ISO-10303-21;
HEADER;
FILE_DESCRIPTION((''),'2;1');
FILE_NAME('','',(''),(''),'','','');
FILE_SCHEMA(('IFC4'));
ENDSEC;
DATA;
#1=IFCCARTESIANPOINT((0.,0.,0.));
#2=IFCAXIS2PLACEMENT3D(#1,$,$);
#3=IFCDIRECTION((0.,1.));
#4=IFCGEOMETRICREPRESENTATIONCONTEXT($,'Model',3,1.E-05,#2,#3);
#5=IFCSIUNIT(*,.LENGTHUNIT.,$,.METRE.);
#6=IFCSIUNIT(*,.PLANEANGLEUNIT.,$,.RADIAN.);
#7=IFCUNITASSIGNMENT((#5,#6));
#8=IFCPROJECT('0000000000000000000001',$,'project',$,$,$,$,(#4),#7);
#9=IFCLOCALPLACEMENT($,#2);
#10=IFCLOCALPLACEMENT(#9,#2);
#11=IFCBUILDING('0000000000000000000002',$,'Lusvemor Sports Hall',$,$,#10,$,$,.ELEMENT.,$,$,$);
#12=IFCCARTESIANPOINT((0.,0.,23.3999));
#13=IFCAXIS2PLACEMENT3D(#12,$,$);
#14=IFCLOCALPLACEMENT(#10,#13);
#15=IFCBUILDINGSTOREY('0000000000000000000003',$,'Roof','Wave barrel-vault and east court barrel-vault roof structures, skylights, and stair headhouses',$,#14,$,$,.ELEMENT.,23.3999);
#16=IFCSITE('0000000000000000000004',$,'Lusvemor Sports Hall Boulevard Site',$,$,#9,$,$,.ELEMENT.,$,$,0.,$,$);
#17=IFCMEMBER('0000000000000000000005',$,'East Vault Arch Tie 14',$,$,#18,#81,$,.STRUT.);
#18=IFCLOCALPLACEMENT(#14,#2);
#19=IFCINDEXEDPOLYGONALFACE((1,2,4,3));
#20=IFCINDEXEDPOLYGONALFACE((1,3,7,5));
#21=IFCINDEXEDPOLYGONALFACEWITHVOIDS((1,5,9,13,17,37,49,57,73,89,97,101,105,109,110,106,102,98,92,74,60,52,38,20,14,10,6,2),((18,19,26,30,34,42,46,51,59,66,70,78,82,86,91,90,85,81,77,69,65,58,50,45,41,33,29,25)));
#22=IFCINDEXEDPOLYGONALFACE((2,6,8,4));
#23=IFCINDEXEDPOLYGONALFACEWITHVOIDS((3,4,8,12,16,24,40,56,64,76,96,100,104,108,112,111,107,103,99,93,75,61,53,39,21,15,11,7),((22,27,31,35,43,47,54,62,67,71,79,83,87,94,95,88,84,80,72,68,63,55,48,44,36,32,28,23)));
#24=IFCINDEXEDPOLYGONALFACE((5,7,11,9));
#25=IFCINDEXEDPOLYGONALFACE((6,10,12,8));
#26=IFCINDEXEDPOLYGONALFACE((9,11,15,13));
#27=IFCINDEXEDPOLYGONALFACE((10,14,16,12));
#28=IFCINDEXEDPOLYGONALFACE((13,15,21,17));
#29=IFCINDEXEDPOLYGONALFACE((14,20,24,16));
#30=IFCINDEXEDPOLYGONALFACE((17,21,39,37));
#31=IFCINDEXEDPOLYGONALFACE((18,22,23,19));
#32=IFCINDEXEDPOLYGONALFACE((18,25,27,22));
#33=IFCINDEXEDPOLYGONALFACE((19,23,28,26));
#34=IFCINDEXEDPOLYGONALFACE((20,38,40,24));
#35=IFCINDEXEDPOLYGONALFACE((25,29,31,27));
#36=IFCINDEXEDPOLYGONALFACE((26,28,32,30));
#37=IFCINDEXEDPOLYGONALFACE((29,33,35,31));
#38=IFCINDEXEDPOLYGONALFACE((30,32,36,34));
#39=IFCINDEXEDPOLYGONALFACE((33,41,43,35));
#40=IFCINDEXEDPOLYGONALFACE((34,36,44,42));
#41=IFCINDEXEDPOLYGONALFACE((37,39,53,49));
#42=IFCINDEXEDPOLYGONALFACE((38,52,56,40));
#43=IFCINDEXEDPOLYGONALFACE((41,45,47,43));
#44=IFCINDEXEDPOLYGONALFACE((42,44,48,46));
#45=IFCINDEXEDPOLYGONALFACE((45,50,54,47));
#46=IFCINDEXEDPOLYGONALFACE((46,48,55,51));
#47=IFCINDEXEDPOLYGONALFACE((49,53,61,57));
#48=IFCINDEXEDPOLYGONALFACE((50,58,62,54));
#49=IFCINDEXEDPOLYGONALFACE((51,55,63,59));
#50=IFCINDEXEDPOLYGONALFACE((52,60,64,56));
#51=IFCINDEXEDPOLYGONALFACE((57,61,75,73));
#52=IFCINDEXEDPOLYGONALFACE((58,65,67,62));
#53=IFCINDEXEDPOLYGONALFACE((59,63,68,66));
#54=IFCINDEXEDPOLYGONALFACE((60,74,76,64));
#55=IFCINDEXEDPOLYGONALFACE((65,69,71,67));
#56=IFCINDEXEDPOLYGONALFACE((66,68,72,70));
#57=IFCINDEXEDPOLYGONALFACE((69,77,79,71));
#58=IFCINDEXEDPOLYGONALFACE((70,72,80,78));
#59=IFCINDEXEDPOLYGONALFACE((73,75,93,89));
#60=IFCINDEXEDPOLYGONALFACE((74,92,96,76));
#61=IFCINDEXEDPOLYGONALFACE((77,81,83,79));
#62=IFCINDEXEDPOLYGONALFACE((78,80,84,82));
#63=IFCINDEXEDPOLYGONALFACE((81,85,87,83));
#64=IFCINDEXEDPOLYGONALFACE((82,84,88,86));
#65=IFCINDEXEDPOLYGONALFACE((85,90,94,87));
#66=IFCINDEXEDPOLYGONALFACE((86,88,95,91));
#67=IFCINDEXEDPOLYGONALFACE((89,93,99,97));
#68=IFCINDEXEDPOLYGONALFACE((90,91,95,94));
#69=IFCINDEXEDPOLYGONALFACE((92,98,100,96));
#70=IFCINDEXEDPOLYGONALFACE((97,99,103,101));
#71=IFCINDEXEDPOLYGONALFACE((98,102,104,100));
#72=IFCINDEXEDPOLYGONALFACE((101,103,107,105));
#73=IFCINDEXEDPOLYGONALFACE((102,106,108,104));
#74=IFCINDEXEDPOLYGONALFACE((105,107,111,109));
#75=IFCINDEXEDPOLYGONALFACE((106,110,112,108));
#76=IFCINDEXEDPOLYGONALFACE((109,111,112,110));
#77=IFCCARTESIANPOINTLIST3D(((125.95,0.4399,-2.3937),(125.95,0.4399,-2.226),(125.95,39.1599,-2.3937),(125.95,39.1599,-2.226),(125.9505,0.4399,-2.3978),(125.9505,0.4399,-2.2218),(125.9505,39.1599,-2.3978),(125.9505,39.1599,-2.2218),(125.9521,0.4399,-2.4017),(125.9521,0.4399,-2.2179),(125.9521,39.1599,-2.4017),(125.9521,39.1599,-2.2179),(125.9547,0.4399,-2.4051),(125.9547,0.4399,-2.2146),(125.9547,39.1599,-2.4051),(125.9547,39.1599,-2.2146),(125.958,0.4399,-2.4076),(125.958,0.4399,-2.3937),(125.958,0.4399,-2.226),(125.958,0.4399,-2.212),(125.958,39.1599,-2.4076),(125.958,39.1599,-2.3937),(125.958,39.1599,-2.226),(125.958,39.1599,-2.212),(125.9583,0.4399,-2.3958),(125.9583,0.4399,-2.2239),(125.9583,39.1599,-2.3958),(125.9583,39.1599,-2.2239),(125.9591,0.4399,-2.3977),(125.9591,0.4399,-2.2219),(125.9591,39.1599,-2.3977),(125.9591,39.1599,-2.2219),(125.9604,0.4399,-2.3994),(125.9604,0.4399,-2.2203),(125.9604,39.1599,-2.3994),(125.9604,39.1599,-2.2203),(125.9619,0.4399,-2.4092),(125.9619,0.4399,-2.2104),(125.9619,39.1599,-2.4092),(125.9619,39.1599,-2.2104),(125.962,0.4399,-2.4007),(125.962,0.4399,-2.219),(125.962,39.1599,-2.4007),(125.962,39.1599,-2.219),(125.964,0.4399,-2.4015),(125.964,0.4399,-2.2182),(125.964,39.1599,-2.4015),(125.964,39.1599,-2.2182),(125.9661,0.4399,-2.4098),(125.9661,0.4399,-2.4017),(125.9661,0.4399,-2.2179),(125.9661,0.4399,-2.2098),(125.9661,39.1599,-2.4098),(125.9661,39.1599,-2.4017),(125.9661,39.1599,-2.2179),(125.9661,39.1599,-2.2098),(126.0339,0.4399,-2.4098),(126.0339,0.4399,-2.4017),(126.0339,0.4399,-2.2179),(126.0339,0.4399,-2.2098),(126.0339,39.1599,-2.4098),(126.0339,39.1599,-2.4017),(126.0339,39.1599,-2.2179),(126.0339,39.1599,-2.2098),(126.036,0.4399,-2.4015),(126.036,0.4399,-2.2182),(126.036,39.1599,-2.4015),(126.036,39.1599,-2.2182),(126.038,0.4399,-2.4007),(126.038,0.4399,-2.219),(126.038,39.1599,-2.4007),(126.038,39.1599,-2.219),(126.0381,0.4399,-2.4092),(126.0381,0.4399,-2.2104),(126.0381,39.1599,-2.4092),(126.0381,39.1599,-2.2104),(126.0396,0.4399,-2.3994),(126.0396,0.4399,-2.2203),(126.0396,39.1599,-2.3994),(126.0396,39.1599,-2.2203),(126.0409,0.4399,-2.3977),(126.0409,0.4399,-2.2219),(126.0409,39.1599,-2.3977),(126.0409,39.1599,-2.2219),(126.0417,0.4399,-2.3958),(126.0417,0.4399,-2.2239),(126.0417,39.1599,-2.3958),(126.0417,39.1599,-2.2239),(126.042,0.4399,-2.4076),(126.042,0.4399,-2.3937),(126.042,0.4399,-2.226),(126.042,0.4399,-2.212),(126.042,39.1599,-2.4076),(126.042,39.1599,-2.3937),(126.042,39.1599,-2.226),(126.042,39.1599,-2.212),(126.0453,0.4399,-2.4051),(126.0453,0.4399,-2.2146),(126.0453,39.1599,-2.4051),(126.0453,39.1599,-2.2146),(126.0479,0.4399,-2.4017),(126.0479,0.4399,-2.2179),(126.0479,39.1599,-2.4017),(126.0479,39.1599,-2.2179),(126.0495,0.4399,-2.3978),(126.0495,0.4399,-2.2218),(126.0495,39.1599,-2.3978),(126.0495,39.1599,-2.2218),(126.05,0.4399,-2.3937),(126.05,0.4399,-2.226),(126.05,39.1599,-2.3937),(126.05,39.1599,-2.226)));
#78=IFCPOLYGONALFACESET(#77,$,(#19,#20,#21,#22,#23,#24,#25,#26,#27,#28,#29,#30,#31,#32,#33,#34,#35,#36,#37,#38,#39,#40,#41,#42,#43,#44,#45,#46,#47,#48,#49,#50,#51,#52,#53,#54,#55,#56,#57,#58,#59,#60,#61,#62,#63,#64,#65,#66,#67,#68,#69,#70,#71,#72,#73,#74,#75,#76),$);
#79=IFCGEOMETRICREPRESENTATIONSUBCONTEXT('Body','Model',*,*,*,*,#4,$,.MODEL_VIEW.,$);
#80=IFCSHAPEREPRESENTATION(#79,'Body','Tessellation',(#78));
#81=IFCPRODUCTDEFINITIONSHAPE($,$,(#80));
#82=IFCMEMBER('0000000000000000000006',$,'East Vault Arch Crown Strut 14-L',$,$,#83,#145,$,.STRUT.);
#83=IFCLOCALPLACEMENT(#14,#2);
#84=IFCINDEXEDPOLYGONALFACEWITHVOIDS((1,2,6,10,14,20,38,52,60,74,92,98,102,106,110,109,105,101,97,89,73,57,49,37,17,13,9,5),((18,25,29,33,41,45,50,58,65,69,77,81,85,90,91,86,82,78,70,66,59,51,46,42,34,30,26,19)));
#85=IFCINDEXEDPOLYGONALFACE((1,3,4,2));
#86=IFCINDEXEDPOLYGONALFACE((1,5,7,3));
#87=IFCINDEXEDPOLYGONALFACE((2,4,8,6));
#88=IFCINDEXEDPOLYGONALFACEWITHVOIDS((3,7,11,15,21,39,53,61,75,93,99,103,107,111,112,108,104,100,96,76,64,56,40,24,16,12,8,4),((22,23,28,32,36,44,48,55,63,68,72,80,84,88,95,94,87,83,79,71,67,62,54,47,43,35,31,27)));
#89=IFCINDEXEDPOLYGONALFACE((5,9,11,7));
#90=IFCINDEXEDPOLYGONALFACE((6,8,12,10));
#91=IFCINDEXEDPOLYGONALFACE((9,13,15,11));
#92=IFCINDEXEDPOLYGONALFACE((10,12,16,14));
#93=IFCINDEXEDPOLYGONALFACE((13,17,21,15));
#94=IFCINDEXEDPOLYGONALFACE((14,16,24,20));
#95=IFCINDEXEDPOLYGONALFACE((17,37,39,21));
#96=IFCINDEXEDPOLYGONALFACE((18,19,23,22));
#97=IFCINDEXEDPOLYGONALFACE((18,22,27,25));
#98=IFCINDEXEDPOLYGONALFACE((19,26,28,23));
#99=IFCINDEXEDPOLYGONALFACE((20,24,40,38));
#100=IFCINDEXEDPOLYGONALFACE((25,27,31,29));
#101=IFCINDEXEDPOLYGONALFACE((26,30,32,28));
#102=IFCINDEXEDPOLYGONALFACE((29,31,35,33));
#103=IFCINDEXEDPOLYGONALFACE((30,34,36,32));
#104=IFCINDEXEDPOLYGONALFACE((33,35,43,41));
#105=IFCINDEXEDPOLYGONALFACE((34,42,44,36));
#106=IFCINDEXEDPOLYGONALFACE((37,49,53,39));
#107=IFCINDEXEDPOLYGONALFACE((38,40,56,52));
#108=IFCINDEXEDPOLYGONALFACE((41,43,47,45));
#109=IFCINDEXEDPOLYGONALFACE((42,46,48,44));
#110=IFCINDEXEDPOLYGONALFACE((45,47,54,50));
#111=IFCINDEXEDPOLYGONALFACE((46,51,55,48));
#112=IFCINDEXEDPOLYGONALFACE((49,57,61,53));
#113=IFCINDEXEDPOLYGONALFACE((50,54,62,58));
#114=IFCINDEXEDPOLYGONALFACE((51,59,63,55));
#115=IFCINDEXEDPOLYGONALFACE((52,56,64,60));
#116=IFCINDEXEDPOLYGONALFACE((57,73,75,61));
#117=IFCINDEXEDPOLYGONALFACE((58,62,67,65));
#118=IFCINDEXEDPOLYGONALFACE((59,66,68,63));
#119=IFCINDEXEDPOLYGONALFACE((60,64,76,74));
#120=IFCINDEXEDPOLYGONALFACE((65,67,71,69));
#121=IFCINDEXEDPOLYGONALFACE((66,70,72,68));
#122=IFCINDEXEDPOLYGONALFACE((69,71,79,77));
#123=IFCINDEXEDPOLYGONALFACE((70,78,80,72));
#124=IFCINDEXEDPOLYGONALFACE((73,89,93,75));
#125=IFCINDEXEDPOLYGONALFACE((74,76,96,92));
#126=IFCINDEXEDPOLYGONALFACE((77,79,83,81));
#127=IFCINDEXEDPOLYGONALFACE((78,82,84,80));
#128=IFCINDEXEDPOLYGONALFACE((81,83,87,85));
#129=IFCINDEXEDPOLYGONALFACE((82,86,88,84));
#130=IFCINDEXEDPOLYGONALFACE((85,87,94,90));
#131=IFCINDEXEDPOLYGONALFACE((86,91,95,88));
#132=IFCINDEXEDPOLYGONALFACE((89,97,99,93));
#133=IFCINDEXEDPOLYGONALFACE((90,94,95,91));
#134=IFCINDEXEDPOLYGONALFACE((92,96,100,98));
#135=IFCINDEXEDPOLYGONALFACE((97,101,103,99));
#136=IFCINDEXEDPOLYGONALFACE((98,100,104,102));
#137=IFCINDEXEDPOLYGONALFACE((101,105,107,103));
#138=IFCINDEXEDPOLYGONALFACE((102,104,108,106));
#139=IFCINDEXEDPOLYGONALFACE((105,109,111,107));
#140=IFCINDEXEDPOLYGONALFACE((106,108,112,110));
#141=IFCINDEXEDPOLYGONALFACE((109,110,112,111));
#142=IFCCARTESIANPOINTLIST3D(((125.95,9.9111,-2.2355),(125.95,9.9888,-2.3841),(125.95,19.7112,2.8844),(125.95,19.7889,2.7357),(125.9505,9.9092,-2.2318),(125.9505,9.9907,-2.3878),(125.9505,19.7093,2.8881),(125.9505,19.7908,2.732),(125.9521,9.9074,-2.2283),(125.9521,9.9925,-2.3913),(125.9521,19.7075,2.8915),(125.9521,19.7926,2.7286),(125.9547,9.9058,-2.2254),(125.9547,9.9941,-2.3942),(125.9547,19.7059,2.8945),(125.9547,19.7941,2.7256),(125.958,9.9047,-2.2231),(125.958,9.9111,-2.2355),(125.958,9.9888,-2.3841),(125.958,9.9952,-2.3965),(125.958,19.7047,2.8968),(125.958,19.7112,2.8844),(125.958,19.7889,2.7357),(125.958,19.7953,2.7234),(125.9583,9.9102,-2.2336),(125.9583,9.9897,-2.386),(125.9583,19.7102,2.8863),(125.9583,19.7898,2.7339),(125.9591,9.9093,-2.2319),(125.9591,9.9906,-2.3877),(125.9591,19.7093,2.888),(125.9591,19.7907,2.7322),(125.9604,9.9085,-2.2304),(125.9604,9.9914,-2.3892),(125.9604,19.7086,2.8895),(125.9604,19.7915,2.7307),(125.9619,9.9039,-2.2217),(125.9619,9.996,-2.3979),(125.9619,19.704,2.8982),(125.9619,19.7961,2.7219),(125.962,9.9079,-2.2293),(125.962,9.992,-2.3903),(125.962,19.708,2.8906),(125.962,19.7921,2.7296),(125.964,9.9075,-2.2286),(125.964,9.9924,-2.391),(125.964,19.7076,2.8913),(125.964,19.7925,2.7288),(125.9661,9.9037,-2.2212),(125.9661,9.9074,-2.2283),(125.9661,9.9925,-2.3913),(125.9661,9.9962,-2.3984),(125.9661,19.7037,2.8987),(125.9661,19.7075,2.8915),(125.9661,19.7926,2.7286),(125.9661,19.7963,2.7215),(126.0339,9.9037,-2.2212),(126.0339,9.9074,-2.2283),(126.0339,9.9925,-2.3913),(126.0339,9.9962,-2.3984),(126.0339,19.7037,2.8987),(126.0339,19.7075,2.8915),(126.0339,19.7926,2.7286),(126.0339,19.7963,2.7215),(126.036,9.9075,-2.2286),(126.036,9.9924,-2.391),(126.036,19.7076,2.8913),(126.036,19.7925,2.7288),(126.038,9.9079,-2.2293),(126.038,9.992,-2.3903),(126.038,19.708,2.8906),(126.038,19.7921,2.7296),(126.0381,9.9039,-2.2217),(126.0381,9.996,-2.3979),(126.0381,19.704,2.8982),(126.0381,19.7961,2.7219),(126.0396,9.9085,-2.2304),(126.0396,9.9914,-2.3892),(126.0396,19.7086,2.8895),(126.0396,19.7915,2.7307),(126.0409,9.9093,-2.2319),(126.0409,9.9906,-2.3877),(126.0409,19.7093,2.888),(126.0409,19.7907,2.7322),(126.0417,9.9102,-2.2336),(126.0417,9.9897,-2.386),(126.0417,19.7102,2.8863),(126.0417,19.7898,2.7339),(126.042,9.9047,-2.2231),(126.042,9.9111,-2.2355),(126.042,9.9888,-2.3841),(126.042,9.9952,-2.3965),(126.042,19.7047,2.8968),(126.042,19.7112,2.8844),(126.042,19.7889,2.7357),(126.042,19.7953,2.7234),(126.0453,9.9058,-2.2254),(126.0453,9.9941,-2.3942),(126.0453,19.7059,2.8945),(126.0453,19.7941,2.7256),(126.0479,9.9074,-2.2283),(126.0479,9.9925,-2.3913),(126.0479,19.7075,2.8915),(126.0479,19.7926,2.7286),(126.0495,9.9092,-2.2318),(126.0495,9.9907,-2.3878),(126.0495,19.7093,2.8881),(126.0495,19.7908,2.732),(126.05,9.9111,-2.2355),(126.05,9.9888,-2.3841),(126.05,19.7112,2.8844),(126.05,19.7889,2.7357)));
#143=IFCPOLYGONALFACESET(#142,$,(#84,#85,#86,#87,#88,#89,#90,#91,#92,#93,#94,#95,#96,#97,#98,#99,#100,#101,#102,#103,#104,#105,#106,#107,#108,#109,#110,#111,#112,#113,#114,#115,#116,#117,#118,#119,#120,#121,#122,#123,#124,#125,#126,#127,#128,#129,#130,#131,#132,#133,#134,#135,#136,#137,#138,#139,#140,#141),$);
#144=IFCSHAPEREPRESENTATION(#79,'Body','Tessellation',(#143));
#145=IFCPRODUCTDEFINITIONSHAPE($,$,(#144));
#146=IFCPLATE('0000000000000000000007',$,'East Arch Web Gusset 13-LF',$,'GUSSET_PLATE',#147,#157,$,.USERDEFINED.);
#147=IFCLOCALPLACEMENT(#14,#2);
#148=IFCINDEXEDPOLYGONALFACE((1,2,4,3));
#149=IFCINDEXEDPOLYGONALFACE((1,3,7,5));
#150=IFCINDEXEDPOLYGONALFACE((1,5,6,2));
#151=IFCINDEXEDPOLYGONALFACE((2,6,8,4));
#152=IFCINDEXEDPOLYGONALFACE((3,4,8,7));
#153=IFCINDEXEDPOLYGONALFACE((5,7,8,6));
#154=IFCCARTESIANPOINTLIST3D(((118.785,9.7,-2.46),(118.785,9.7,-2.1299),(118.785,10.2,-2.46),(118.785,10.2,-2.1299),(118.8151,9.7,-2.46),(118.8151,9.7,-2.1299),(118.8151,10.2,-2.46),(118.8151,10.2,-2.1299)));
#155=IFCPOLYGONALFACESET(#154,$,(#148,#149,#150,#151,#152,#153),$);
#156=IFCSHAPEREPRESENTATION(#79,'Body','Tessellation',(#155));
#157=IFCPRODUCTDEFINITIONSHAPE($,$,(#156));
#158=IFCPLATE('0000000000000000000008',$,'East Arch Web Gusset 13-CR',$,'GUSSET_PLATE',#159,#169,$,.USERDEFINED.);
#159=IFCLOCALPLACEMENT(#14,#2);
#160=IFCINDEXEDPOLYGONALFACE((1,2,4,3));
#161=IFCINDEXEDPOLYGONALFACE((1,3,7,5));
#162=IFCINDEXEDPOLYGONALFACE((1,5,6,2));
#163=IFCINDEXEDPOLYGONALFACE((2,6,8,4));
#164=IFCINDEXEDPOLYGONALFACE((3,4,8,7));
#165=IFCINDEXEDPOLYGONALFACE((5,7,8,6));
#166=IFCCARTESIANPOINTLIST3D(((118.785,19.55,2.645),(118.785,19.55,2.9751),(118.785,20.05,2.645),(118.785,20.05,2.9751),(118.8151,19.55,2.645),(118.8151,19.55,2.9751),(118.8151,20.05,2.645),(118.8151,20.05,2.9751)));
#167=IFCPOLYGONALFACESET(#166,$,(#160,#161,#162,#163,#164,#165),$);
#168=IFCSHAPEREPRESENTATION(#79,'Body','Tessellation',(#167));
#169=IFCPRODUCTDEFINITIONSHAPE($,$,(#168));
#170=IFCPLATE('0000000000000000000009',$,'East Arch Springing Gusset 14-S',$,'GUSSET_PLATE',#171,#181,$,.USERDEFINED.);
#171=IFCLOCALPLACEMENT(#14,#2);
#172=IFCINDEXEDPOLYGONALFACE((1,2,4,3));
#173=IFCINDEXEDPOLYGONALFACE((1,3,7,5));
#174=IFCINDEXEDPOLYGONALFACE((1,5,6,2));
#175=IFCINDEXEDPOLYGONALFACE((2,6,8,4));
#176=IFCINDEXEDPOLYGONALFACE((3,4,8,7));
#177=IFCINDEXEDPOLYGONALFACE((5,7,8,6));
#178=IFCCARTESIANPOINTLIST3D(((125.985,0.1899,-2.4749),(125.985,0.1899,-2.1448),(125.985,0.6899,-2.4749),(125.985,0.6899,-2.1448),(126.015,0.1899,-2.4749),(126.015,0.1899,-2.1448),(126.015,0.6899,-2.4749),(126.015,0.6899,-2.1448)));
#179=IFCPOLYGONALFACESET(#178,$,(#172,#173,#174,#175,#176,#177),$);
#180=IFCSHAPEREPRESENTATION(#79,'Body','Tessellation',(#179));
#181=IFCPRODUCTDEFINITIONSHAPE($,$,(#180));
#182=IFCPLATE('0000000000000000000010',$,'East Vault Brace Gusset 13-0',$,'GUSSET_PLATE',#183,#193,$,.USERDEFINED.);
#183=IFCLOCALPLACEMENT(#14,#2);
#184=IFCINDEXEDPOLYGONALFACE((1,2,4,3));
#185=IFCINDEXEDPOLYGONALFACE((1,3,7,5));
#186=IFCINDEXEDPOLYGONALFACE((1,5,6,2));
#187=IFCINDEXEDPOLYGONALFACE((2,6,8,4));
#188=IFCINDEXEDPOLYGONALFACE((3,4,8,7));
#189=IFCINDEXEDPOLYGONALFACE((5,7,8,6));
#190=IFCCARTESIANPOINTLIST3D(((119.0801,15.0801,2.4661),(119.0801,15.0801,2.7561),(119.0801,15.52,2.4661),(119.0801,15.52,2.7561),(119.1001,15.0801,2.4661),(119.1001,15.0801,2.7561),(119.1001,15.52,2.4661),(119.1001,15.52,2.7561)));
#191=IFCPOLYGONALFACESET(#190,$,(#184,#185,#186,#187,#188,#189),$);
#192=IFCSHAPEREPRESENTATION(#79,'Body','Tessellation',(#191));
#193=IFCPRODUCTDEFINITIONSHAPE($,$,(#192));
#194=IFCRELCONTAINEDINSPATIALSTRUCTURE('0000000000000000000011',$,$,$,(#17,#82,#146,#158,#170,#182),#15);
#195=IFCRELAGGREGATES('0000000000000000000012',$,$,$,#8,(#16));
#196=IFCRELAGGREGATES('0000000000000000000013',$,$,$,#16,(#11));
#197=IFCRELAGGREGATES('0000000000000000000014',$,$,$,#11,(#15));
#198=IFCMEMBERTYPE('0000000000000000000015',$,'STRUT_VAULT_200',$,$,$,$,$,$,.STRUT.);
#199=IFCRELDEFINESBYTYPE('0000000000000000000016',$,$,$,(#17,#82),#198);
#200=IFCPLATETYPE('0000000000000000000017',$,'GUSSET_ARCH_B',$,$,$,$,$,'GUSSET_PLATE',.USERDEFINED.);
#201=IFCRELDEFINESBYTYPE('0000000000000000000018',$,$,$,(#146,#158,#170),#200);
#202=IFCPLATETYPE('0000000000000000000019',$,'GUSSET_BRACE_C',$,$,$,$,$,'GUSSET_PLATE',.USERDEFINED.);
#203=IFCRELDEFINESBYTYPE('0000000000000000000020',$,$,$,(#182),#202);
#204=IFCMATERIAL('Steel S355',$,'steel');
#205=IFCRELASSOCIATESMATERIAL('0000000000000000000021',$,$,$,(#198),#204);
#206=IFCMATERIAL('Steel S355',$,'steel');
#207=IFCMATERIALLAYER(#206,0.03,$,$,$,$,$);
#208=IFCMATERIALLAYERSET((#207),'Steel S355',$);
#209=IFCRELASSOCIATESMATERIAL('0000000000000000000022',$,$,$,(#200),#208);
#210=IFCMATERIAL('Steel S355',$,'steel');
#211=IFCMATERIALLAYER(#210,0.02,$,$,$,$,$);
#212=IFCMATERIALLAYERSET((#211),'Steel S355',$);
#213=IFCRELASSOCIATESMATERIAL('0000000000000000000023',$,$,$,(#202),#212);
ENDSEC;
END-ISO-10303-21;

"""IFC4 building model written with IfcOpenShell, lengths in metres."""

from ifc_helpers import new_model, si_unit, direction, frame, origin, origin_2d, place, context, subcontext, project, spatial, rectangle, hollow_rectangle, extrude, material, layer, layer_set, material_profile, profile_set, type_object, element, save


model = new_model("IFC4")

# Units and contexts
model_context = context("Model", 3, precision=1e-05, world=origin(), true_north=direction((0.0, 1.0)))
body_context = subcontext(model_context, "Body", "Model", "MODEL_VIEW")
ifc_project = project(units=[si_unit("LENGTHUNIT", "METRE"), si_unit("PLANEANGLEUNIT", "RADIAN")], contexts=[model_context])

# Site, building, storey
site_placement = place(None, origin())
site = spatial("IfcSite", under=ifc_project, at=site_placement, Name="Lusvemor Sports Hall Boulevard Site", CompositionType="ELEMENT", RefElevation=0.0)
building_placement = place(site_placement, origin())
building = spatial("IfcBuilding", under=site, at=building_placement, Name="Lusvemor Sports Hall", CompositionType="ELEMENT")
storey_placement = place(building_placement, frame((0.0, 0.0, 23.3999)))
storey = spatial("IfcBuildingStorey", under=building, at=storey_placement, Name="Roof", Description="Wave barrel-vault and east court barrel-vault roof structures, skylights, and stair headhouses", CompositionType="ELEMENT", Elevation=23.3999)

# Members
ifc_material_1 = material(Name="Steel S355", Category="steel")
ifc_material_profile_1 = material_profile(ifc_material_1, hollow_rectangle(XDim=0.1001, YDim=0.2, WallThickness=0.0081, InnerFilletRadius=0.0081, OuterFilletRadius=0.0161, at=origin_2d()), Name="RHS200x100x8")
ifc_profile_set_1 = profile_set([ifc_material_profile_1], Name="Steel S355")
member_type_1 = type_object("IfcMemberType", Name="STRUT_VAULT_200", PredefinedType="STRUT", material=ifc_profile_set_1)
member_1_placement = place(storey_placement, frame((126.0, 0.4399, -2.3098), z_axis=(0.0, 1.0, 0.0), x_axis=(-1.0, 0.0, 0.0)))
element("IfcMember", 1, at=member_1_placement, inside=storey, type_object=member_type_1, Name="East Vault Arch Tie 14", PredefinedType="STRUT", context=body_context, shape_type="SweptSolid", body=[
    extrude(hollow_rectangle(XDim=0.1001, YDim=0.2, WallThickness=0.0081, InnerFilletRadius=0.0081, OuterFilletRadius=0.0161, at=origin_2d()), origin(), (0.0, 0.0, 1.0), 38.72),
])
member_2_placement = place(storey_placement, frame((126.0, 9.95, -2.3098), z_axis=(0.0, 0.886332, 0.46305), x_axis=(-1.0, 0.0, 0.0)))
element("IfcMember", 2, at=member_2_placement, inside=storey, type_object=member_type_1, Name="East Vault Arch Crown Strut 14-L", PredefinedType="STRUT", context=body_context, shape_type="SweptSolid", body=[
    extrude(hollow_rectangle(XDim=0.1001, YDim=0.2, WallThickness=0.0081, InnerFilletRadius=0.0081, OuterFilletRadius=0.0161, at=origin_2d()), origin(), (0.0, 0.0, 1.0), 11.0569),
])

# Plates
ifc_material_2 = material(Name="Steel S355", Category="steel")
ifc_layer_1 = layer(ifc_material_2, 0.03)
ifc_layer_set_1 = layer_set([ifc_layer_1], Name="Steel S355")
plate_type_1 = type_object("IfcPlateType", Name="GUSSET_ARCH_B", ElementType="GUSSET_PLATE", PredefinedType="USERDEFINED", material=ifc_layer_set_1)
for number, where, z_axis, x_axis, name in (
    (3, (118.8, 9.95, -2.46), (0.0, 0.0, 1.0), (1.0, 0.0, 0.0), "East Arch Web Gusset 13-LF"),
    (4, (118.8, 19.8, 2.645), (0.0, 0.0, 1.0), (1.0, 0.0, 0.0), "East Arch Web Gusset 13-CR"),
    (5, (126.0, 0.4399, -2.4749), (0.0, 0.0, 1.0), (1.0, 0.0, 0.0), "East Arch Springing Gusset 14-S"),
):
    element("IfcPlate", number, at=place(storey_placement, frame(where, z_axis=z_axis, x_axis=x_axis)), inside=storey, type_object=plate_type_1, Name=name, ObjectType="GUSSET_PLATE", PredefinedType="USERDEFINED", context=body_context, shape_type="SweptSolid", body=[
        extrude(rectangle(XDim=0.03, YDim=0.5, at=origin_2d()), origin(), (0.0, 0.0, 1.0), 0.3301),
    ])
ifc_material_3 = material(Name="Steel S355", Category="steel")
ifc_layer_2 = layer(ifc_material_3, 0.02)
ifc_layer_set_2 = layer_set([ifc_layer_2], Name="Steel S355")
plate_type_2 = type_object("IfcPlateType", Name="GUSSET_BRACE_C", ElementType="GUSSET_PLATE", PredefinedType="USERDEFINED", material=ifc_layer_set_2)
plate_placement = place(storey_placement, frame((119.0901, 15.3, 2.4661), z_axis=(0.0, 0.0, 1.0), x_axis=(1.0, 0.0, 0.0)))
element("IfcPlate", 6, at=plate_placement, inside=storey, type_object=plate_type_2, Name="East Vault Brace Gusset 13-0", ObjectType="GUSSET_PLATE", PredefinedType="USERDEFINED", context=body_context, shape_type="SweptSolid", body=[
    extrude(rectangle(XDim=0.02, YDim=0.4399, at=origin_2d()), origin(), (0.0, 0.0, 1.0), 0.29),
])

save(model, "model.ifc")
